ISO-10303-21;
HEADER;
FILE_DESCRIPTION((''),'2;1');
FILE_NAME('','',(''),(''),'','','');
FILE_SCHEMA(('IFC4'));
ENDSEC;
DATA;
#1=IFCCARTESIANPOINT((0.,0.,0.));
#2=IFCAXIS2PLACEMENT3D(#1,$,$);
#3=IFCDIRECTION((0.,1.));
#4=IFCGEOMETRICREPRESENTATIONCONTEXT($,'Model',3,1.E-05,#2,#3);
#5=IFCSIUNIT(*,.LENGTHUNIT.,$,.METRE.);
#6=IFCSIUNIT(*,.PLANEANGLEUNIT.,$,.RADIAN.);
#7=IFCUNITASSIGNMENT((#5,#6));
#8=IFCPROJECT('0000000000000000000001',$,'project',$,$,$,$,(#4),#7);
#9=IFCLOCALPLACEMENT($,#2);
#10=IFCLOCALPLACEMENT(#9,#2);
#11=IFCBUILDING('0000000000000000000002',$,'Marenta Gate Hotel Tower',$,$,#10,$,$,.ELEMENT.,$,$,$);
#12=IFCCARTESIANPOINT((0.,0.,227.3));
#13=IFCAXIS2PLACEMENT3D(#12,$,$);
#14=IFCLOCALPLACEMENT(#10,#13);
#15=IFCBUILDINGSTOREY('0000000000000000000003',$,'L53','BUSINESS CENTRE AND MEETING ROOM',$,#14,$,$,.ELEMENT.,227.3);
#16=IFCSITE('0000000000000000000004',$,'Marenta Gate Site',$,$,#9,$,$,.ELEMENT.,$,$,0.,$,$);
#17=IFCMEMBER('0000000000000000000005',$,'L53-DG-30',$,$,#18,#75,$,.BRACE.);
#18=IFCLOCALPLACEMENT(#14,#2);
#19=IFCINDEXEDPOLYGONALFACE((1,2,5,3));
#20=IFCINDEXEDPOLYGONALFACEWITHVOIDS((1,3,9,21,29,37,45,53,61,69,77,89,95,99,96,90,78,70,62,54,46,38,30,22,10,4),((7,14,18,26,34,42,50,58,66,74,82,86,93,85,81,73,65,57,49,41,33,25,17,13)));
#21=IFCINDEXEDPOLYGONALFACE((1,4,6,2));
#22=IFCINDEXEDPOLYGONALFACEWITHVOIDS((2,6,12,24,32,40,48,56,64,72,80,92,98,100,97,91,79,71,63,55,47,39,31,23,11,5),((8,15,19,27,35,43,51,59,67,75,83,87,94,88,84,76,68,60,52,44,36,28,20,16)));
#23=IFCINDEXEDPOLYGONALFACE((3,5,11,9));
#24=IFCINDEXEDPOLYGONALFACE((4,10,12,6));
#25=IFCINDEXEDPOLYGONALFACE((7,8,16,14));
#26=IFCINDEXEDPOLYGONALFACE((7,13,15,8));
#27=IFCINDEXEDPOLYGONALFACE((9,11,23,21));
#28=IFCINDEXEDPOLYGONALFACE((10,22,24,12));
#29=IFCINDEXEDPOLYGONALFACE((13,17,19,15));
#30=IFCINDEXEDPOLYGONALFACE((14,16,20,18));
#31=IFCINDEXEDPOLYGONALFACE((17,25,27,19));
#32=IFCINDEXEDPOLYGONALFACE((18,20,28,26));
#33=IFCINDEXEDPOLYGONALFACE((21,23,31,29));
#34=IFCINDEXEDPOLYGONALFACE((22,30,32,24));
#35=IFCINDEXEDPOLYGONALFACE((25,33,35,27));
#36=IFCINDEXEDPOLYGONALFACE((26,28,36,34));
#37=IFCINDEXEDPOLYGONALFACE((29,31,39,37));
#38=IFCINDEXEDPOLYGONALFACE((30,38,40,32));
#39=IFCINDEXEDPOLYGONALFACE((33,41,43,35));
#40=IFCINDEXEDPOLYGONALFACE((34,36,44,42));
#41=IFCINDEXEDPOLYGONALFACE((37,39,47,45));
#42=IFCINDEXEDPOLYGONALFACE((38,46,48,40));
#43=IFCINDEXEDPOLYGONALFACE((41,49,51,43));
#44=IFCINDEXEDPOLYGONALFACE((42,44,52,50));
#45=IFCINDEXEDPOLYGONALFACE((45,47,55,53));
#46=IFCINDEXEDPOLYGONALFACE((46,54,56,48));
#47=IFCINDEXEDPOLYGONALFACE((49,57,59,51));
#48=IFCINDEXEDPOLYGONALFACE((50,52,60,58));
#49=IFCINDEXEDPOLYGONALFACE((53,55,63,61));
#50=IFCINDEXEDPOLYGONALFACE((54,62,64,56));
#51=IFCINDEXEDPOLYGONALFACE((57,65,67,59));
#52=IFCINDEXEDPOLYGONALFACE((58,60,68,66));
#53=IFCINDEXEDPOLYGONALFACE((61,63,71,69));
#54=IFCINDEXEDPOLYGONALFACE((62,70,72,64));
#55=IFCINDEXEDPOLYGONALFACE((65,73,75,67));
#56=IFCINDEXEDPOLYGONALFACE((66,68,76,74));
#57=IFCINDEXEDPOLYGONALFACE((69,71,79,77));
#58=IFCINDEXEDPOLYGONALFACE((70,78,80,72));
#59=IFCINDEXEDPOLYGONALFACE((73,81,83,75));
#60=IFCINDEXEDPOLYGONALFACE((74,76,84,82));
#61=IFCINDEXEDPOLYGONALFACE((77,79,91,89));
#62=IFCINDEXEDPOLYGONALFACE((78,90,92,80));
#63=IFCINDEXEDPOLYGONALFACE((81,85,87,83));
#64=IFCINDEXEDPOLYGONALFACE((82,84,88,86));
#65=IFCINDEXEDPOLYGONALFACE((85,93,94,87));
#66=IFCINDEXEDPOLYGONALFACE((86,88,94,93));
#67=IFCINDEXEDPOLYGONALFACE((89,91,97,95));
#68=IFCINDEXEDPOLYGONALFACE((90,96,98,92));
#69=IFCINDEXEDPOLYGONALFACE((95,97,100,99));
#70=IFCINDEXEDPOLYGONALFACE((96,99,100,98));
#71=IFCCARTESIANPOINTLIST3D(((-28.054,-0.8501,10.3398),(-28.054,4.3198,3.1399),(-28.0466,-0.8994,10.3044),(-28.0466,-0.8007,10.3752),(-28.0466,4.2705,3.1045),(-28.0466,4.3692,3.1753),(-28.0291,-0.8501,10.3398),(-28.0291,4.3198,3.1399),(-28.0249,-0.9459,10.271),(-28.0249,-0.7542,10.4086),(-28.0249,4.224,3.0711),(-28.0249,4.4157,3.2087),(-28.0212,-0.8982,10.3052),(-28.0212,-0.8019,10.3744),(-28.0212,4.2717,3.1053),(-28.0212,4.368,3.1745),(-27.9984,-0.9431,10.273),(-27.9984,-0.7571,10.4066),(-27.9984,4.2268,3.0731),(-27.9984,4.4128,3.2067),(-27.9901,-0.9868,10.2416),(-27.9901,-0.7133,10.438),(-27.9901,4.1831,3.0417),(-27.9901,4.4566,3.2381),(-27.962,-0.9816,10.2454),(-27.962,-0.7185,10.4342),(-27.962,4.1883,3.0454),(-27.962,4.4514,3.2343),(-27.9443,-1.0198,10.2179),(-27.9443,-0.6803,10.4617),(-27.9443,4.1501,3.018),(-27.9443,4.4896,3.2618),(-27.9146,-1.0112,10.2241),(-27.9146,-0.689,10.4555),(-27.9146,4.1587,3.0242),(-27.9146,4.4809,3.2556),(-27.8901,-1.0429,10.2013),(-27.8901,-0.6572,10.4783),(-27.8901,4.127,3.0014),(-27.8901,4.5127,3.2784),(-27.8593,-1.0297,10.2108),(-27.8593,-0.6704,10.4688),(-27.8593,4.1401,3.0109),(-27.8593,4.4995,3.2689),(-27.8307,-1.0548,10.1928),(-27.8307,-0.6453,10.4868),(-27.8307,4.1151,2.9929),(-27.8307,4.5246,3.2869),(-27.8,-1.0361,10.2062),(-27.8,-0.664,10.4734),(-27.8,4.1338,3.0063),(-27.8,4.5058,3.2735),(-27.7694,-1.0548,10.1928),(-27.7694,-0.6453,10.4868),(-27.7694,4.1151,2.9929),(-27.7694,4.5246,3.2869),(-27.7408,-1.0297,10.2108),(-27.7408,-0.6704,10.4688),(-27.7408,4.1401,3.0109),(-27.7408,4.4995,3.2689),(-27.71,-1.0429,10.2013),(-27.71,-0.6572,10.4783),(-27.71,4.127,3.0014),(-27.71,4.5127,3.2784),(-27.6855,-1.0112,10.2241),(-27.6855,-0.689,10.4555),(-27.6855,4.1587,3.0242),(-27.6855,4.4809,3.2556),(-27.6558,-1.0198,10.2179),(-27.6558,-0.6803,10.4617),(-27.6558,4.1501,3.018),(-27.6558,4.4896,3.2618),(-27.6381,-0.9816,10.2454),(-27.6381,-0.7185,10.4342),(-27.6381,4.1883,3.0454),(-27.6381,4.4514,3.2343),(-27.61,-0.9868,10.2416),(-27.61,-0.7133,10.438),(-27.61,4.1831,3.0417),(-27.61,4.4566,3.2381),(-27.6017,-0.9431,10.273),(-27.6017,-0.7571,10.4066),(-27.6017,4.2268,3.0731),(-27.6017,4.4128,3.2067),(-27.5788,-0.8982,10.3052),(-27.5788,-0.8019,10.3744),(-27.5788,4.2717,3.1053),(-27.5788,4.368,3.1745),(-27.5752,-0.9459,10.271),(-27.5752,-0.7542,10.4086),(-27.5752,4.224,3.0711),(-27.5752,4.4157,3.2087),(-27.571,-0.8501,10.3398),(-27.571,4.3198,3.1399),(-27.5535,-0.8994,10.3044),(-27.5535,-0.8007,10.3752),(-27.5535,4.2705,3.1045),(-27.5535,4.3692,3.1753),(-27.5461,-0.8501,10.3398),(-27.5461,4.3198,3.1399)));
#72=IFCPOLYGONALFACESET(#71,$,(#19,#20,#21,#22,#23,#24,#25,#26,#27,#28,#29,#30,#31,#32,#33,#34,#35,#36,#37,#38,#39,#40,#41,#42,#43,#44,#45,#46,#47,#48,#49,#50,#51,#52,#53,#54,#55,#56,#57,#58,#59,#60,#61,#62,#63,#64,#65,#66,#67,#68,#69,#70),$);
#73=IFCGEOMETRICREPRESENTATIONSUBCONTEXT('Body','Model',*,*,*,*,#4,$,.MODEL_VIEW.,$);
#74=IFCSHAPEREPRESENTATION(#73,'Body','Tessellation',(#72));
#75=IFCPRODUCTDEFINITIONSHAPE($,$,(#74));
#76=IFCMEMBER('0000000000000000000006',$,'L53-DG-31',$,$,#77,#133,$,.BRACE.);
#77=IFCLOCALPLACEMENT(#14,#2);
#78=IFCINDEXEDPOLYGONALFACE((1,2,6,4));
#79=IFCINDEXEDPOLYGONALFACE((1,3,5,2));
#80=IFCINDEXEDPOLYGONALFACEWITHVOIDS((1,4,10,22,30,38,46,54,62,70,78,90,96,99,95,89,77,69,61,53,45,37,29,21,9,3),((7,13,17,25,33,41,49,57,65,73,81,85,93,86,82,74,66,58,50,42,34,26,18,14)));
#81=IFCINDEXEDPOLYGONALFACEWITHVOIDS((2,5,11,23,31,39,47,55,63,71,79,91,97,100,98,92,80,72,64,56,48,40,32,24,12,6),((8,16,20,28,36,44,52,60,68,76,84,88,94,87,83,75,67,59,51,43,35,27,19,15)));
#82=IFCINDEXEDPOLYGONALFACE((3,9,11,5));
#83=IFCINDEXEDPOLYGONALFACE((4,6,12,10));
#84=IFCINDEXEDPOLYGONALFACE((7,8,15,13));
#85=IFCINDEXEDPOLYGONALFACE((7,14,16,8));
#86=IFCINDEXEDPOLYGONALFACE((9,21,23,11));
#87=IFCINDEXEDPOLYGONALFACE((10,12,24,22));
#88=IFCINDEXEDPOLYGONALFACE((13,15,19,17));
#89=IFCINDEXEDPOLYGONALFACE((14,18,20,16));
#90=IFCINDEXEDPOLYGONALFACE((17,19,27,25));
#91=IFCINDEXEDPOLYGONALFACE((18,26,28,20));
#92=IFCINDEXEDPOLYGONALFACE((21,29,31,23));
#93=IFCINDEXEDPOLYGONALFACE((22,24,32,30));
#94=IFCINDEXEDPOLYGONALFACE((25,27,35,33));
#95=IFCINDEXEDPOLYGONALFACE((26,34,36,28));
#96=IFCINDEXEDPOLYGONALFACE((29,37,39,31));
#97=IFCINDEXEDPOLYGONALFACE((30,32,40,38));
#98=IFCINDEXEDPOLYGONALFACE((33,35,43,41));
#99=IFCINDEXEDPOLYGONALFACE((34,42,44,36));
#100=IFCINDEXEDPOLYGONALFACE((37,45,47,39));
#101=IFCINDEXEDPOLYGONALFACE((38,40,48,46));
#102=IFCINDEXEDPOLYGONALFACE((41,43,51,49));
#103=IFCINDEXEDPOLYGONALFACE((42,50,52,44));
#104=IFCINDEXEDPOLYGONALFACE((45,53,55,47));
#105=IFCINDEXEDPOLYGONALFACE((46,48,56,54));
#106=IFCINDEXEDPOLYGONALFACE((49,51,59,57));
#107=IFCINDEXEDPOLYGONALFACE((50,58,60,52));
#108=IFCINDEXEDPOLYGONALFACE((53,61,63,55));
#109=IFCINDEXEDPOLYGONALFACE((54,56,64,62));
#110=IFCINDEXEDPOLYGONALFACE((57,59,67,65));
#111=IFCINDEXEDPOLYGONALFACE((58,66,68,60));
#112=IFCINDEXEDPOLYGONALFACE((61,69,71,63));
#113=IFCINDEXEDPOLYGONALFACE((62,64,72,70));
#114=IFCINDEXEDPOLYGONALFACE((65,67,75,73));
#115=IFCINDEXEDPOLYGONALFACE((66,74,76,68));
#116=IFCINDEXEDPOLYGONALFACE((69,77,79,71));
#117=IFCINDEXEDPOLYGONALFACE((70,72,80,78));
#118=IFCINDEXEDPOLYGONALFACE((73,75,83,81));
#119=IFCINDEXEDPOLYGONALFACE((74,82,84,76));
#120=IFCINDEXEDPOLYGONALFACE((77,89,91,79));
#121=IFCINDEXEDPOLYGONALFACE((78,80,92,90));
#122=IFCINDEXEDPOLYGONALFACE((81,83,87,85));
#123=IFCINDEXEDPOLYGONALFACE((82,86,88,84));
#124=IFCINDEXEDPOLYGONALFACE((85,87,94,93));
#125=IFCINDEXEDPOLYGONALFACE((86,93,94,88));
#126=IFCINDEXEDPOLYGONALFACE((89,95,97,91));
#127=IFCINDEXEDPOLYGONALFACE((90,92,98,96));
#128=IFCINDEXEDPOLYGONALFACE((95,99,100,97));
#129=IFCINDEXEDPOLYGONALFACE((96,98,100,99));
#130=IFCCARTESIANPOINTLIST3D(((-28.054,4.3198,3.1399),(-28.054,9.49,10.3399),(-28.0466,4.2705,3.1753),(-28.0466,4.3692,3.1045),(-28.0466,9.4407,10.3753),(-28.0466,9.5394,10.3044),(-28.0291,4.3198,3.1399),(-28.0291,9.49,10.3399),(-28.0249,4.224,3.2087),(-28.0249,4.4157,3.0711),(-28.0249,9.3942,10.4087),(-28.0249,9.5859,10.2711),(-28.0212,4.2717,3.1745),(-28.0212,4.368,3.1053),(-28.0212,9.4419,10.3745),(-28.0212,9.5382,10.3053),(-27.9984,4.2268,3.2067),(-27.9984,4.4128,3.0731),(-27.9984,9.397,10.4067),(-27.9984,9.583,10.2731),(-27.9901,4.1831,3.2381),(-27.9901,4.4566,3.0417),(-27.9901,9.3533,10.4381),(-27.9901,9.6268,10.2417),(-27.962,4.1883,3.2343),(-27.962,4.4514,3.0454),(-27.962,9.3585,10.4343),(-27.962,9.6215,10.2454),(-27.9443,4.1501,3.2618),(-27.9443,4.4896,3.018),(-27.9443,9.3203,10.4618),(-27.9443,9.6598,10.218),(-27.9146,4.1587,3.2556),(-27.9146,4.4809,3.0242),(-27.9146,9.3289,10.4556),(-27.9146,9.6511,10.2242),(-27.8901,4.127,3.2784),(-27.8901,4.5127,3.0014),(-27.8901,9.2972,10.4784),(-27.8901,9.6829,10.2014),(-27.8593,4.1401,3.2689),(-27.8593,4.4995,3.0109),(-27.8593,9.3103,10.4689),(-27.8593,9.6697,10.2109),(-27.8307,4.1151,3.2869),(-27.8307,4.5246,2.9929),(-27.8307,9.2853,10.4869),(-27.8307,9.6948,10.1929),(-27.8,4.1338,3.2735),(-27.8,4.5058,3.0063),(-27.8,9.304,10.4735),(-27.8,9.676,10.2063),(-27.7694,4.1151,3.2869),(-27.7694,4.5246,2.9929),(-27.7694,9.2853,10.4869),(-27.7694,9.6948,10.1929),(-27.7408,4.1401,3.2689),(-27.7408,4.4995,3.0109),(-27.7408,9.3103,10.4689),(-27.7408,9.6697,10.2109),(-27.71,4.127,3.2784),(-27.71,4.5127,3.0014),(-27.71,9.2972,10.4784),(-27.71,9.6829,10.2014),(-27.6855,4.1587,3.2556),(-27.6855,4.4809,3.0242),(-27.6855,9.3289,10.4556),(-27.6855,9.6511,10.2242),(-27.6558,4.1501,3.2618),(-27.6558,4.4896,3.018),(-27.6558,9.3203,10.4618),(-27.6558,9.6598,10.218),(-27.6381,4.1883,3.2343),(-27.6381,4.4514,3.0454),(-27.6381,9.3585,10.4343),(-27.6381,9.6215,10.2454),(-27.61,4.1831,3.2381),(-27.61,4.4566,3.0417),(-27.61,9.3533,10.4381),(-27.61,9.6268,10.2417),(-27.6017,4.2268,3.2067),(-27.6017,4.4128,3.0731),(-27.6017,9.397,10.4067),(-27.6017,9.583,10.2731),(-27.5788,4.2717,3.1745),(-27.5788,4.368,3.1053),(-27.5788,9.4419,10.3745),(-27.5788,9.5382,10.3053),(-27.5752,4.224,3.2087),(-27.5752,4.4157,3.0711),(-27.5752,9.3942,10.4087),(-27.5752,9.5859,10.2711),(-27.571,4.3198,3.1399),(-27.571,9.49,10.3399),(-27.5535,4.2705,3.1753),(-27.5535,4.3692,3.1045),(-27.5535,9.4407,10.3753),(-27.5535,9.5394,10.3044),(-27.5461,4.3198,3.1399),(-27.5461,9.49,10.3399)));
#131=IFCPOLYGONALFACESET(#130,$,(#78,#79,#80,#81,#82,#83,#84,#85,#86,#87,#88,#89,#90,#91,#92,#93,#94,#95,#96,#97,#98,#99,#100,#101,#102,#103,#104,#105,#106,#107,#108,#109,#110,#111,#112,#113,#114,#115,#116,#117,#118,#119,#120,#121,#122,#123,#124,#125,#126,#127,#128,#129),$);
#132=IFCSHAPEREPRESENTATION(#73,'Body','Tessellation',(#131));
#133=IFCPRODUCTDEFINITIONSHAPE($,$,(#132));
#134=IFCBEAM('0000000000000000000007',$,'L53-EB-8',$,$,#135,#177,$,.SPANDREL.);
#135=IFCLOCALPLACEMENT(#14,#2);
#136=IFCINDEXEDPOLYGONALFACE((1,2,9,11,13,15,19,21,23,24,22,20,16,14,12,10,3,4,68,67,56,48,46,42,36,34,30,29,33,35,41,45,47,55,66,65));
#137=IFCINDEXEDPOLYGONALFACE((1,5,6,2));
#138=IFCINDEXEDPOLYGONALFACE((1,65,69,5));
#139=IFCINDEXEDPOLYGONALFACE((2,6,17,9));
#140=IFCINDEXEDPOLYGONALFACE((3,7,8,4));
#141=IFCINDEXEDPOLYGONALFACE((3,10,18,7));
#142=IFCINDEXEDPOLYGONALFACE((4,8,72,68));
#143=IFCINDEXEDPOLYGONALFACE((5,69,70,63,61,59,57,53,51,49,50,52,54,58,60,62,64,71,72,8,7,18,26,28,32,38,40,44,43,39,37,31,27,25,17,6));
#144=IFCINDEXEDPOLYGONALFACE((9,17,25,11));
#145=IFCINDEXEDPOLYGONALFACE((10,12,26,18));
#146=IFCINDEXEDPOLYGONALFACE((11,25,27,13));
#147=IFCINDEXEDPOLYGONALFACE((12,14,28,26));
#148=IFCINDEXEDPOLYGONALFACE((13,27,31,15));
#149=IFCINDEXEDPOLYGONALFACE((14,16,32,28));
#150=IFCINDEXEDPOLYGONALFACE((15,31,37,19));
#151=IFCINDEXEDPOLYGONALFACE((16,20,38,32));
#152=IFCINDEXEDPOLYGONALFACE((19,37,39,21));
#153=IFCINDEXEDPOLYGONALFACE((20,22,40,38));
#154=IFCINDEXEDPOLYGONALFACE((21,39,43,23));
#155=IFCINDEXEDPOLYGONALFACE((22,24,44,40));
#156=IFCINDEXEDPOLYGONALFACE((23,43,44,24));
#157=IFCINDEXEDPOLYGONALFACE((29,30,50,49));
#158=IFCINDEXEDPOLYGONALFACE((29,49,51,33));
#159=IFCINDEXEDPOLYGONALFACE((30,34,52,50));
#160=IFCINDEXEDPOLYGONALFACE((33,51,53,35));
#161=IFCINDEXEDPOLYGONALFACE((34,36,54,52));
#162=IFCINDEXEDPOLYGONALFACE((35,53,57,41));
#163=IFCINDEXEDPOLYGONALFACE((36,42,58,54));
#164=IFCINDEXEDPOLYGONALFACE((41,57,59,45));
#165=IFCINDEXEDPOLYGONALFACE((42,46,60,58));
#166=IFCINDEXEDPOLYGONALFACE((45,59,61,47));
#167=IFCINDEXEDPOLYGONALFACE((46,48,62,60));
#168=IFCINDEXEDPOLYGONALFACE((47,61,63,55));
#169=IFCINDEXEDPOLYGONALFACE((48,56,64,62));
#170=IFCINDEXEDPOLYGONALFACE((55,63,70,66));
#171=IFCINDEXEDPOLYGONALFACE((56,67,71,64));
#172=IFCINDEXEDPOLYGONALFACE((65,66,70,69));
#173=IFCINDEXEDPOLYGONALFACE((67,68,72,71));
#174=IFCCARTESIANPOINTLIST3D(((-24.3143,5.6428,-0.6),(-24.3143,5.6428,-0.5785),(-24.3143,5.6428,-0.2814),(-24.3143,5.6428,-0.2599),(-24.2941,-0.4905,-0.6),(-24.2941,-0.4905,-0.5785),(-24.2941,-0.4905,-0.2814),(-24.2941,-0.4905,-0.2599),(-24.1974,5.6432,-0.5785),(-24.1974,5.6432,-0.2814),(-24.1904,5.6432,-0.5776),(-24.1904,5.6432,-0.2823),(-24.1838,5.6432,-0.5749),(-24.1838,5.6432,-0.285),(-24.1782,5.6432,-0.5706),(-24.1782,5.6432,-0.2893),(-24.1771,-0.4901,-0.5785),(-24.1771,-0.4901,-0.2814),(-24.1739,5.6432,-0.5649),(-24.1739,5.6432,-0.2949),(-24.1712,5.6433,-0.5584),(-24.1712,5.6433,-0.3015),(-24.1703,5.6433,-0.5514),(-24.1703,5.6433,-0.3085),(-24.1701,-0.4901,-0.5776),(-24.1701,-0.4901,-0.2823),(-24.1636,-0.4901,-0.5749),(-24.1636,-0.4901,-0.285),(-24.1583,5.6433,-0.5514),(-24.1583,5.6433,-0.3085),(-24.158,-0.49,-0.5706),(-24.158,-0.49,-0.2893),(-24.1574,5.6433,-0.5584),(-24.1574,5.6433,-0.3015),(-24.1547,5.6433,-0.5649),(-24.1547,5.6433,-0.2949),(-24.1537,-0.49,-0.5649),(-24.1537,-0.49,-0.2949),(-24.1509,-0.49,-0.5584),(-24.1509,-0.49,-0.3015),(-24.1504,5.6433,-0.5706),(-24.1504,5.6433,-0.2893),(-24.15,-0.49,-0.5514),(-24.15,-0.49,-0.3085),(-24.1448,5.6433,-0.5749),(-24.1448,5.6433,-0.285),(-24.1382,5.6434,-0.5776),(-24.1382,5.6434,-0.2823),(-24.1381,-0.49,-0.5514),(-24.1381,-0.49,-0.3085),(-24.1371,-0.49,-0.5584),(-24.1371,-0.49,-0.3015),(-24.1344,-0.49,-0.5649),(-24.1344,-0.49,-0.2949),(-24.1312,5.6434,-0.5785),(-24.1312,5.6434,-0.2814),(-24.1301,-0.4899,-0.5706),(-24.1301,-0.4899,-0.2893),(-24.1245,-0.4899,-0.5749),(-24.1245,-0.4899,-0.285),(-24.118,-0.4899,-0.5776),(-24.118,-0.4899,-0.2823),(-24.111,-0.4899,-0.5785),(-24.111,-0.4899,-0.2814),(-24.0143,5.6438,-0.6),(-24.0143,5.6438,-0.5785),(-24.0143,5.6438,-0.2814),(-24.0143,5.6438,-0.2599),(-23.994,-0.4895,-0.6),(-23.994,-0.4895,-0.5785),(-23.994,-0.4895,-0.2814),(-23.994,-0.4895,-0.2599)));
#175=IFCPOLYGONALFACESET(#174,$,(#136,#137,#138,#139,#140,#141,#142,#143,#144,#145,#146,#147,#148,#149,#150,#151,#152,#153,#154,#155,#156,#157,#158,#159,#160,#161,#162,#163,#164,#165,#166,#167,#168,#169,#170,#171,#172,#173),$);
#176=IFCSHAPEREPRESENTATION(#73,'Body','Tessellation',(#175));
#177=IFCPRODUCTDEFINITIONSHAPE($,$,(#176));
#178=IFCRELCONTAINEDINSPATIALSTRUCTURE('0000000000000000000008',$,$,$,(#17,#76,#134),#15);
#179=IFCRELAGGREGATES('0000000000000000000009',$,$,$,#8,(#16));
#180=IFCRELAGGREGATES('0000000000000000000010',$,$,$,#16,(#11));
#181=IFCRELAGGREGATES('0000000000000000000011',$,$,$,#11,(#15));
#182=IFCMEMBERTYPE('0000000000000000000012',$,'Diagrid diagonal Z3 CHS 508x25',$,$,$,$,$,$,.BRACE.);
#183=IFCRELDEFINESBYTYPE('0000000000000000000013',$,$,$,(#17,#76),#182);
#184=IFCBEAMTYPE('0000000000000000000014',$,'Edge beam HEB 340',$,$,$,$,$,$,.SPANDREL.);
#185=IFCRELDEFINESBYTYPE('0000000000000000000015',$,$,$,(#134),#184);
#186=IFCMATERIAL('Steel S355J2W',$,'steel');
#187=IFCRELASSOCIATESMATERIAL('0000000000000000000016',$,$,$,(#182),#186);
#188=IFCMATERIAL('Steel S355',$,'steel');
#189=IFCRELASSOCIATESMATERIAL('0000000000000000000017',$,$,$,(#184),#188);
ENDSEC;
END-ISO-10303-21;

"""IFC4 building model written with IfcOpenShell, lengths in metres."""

from ifc_helpers import new_model, si_unit, direction, frame, origin, origin_2d, place, context, subcontext, project, spatial, hollow_circle, i_section, extrude, material, material_profile, profile_set, type_object, element, save


model = new_model("IFC4")

# Units and contexts
model_context = context("Model", 3, precision=1e-05, world=origin(), true_north=direction((0.0, 1.0)))
body_context = subcontext(model_context, "Body", "Model", "MODEL_VIEW")
ifc_project = project(units=[si_unit("LENGTHUNIT", "METRE"), si_unit("PLANEANGLEUNIT", "RADIAN")], contexts=[model_context])

# Site, building, storey
site_placement = place(None, origin())
site = spatial("IfcSite", under=ifc_project, at=site_placement, Name="Marenta Gate Site", CompositionType="ELEMENT", RefElevation=0.0)
building_placement = place(site_placement, origin())
building = spatial("IfcBuilding", under=site, at=building_placement, Name="Marenta Gate Hotel Tower", CompositionType="ELEMENT")
storey_placement = place(building_placement, frame((0.0, 0.0, 227.3)))
storey = spatial("IfcBuildingStorey", under=building, at=storey_placement, Name="L53", Description="BUSINESS CENTRE AND MEETING ROOM", CompositionType="ELEMENT", Elevation=227.3)

# Members
ifc_material_1 = material(Name="Steel S355J2W", Category="steel")
ifc_material_profile_1 = material_profile(ifc_material_1, hollow_circle(Radius=0.2539, WallThickness=0.0249, at=origin_2d()), Name="CHS 508x25")
ifc_profile_set_1 = profile_set([ifc_material_profile_1], Name="Steel S355J2W")
member_type_1 = type_object("IfcMemberType", Name="Diagrid diagonal Z3 CHS 508x25", PredefinedType="BRACE", material=ifc_profile_set_1)
for number, where, z_axis, x_axis, name in (
    (1, (-27.8, 4.3198, 3.1399), (0.0, -0.583261, 0.812285), (1.0, 0.0, 0.0), "L53-DG-30"),
):
    element("IfcMember", number, at=place(storey_placement, frame(where, z_axis=z_axis, x_axis=x_axis)), inside=storey, type_object=member_type_1, Name=name, PredefinedType="BRACE", context=body_context, shape_type="SweptSolid", body=[
        extrude(hollow_circle(Radius=0.2539, WallThickness=0.0249, at=origin_2d()), origin(), (0.0, 0.0, 1.0), 8.8638),
    ])
member_1_placement = place(storey_placement, frame((-27.8, 4.3198, 3.1399), z_axis=(0.0, 0.583279, 0.812272), x_axis=(-1.0, 0.0, 0.0)))
element("IfcMember", 2, at=member_1_placement, inside=storey, type_object=member_type_1, Name="L53-DG-31", PredefinedType="BRACE", context=body_context, shape_type="SweptSolid", body=[
    extrude(hollow_circle(Radius=0.2539, WallThickness=0.0249, at=origin_2d()), origin(), (0.0, 0.0, 1.0), 8.864),
])

# Beam
ifc_material_2 = material(Name="Steel S355", Category="steel")
ifc_material_profile_2 = material_profile(ifc_material_2, i_section(OverallWidth=0.3, OverallDepth=0.3401, WebThickness=0.012, FlangeThickness=0.0215, FilletRadius=0.0271, at=origin_2d()), Name="HEB 340")
ifc_profile_set_2 = profile_set([ifc_material_profile_2], Name="Steel S355")
beam_type_1 = type_object("IfcBeamType", Name="Edge beam HEB 340", PredefinedType="SPANDREL", material=ifc_profile_set_2)
beam_1_placement = place(storey_placement, frame((-24.144, -0.49, -0.4299), z_axis=(-0.003304, 0.999995, 0.0), x_axis=(-0.999995, -0.003304, 0.0)))
element("IfcBeam", 3, at=beam_1_placement, inside=storey, type_object=beam_type_1, Name="L53-EB-8", PredefinedType="SPANDREL", context=body_context, shape_type="SweptSolid", body=[
    extrude(i_section(OverallWidth=0.3, OverallDepth=0.3401, WebThickness=0.012, FlangeThickness=0.0215, FilletRadius=0.0271, at=origin_2d()), origin(), (0.0, 0.0, 1.0), 6.1333),
])

save(model, "model.ifc")
